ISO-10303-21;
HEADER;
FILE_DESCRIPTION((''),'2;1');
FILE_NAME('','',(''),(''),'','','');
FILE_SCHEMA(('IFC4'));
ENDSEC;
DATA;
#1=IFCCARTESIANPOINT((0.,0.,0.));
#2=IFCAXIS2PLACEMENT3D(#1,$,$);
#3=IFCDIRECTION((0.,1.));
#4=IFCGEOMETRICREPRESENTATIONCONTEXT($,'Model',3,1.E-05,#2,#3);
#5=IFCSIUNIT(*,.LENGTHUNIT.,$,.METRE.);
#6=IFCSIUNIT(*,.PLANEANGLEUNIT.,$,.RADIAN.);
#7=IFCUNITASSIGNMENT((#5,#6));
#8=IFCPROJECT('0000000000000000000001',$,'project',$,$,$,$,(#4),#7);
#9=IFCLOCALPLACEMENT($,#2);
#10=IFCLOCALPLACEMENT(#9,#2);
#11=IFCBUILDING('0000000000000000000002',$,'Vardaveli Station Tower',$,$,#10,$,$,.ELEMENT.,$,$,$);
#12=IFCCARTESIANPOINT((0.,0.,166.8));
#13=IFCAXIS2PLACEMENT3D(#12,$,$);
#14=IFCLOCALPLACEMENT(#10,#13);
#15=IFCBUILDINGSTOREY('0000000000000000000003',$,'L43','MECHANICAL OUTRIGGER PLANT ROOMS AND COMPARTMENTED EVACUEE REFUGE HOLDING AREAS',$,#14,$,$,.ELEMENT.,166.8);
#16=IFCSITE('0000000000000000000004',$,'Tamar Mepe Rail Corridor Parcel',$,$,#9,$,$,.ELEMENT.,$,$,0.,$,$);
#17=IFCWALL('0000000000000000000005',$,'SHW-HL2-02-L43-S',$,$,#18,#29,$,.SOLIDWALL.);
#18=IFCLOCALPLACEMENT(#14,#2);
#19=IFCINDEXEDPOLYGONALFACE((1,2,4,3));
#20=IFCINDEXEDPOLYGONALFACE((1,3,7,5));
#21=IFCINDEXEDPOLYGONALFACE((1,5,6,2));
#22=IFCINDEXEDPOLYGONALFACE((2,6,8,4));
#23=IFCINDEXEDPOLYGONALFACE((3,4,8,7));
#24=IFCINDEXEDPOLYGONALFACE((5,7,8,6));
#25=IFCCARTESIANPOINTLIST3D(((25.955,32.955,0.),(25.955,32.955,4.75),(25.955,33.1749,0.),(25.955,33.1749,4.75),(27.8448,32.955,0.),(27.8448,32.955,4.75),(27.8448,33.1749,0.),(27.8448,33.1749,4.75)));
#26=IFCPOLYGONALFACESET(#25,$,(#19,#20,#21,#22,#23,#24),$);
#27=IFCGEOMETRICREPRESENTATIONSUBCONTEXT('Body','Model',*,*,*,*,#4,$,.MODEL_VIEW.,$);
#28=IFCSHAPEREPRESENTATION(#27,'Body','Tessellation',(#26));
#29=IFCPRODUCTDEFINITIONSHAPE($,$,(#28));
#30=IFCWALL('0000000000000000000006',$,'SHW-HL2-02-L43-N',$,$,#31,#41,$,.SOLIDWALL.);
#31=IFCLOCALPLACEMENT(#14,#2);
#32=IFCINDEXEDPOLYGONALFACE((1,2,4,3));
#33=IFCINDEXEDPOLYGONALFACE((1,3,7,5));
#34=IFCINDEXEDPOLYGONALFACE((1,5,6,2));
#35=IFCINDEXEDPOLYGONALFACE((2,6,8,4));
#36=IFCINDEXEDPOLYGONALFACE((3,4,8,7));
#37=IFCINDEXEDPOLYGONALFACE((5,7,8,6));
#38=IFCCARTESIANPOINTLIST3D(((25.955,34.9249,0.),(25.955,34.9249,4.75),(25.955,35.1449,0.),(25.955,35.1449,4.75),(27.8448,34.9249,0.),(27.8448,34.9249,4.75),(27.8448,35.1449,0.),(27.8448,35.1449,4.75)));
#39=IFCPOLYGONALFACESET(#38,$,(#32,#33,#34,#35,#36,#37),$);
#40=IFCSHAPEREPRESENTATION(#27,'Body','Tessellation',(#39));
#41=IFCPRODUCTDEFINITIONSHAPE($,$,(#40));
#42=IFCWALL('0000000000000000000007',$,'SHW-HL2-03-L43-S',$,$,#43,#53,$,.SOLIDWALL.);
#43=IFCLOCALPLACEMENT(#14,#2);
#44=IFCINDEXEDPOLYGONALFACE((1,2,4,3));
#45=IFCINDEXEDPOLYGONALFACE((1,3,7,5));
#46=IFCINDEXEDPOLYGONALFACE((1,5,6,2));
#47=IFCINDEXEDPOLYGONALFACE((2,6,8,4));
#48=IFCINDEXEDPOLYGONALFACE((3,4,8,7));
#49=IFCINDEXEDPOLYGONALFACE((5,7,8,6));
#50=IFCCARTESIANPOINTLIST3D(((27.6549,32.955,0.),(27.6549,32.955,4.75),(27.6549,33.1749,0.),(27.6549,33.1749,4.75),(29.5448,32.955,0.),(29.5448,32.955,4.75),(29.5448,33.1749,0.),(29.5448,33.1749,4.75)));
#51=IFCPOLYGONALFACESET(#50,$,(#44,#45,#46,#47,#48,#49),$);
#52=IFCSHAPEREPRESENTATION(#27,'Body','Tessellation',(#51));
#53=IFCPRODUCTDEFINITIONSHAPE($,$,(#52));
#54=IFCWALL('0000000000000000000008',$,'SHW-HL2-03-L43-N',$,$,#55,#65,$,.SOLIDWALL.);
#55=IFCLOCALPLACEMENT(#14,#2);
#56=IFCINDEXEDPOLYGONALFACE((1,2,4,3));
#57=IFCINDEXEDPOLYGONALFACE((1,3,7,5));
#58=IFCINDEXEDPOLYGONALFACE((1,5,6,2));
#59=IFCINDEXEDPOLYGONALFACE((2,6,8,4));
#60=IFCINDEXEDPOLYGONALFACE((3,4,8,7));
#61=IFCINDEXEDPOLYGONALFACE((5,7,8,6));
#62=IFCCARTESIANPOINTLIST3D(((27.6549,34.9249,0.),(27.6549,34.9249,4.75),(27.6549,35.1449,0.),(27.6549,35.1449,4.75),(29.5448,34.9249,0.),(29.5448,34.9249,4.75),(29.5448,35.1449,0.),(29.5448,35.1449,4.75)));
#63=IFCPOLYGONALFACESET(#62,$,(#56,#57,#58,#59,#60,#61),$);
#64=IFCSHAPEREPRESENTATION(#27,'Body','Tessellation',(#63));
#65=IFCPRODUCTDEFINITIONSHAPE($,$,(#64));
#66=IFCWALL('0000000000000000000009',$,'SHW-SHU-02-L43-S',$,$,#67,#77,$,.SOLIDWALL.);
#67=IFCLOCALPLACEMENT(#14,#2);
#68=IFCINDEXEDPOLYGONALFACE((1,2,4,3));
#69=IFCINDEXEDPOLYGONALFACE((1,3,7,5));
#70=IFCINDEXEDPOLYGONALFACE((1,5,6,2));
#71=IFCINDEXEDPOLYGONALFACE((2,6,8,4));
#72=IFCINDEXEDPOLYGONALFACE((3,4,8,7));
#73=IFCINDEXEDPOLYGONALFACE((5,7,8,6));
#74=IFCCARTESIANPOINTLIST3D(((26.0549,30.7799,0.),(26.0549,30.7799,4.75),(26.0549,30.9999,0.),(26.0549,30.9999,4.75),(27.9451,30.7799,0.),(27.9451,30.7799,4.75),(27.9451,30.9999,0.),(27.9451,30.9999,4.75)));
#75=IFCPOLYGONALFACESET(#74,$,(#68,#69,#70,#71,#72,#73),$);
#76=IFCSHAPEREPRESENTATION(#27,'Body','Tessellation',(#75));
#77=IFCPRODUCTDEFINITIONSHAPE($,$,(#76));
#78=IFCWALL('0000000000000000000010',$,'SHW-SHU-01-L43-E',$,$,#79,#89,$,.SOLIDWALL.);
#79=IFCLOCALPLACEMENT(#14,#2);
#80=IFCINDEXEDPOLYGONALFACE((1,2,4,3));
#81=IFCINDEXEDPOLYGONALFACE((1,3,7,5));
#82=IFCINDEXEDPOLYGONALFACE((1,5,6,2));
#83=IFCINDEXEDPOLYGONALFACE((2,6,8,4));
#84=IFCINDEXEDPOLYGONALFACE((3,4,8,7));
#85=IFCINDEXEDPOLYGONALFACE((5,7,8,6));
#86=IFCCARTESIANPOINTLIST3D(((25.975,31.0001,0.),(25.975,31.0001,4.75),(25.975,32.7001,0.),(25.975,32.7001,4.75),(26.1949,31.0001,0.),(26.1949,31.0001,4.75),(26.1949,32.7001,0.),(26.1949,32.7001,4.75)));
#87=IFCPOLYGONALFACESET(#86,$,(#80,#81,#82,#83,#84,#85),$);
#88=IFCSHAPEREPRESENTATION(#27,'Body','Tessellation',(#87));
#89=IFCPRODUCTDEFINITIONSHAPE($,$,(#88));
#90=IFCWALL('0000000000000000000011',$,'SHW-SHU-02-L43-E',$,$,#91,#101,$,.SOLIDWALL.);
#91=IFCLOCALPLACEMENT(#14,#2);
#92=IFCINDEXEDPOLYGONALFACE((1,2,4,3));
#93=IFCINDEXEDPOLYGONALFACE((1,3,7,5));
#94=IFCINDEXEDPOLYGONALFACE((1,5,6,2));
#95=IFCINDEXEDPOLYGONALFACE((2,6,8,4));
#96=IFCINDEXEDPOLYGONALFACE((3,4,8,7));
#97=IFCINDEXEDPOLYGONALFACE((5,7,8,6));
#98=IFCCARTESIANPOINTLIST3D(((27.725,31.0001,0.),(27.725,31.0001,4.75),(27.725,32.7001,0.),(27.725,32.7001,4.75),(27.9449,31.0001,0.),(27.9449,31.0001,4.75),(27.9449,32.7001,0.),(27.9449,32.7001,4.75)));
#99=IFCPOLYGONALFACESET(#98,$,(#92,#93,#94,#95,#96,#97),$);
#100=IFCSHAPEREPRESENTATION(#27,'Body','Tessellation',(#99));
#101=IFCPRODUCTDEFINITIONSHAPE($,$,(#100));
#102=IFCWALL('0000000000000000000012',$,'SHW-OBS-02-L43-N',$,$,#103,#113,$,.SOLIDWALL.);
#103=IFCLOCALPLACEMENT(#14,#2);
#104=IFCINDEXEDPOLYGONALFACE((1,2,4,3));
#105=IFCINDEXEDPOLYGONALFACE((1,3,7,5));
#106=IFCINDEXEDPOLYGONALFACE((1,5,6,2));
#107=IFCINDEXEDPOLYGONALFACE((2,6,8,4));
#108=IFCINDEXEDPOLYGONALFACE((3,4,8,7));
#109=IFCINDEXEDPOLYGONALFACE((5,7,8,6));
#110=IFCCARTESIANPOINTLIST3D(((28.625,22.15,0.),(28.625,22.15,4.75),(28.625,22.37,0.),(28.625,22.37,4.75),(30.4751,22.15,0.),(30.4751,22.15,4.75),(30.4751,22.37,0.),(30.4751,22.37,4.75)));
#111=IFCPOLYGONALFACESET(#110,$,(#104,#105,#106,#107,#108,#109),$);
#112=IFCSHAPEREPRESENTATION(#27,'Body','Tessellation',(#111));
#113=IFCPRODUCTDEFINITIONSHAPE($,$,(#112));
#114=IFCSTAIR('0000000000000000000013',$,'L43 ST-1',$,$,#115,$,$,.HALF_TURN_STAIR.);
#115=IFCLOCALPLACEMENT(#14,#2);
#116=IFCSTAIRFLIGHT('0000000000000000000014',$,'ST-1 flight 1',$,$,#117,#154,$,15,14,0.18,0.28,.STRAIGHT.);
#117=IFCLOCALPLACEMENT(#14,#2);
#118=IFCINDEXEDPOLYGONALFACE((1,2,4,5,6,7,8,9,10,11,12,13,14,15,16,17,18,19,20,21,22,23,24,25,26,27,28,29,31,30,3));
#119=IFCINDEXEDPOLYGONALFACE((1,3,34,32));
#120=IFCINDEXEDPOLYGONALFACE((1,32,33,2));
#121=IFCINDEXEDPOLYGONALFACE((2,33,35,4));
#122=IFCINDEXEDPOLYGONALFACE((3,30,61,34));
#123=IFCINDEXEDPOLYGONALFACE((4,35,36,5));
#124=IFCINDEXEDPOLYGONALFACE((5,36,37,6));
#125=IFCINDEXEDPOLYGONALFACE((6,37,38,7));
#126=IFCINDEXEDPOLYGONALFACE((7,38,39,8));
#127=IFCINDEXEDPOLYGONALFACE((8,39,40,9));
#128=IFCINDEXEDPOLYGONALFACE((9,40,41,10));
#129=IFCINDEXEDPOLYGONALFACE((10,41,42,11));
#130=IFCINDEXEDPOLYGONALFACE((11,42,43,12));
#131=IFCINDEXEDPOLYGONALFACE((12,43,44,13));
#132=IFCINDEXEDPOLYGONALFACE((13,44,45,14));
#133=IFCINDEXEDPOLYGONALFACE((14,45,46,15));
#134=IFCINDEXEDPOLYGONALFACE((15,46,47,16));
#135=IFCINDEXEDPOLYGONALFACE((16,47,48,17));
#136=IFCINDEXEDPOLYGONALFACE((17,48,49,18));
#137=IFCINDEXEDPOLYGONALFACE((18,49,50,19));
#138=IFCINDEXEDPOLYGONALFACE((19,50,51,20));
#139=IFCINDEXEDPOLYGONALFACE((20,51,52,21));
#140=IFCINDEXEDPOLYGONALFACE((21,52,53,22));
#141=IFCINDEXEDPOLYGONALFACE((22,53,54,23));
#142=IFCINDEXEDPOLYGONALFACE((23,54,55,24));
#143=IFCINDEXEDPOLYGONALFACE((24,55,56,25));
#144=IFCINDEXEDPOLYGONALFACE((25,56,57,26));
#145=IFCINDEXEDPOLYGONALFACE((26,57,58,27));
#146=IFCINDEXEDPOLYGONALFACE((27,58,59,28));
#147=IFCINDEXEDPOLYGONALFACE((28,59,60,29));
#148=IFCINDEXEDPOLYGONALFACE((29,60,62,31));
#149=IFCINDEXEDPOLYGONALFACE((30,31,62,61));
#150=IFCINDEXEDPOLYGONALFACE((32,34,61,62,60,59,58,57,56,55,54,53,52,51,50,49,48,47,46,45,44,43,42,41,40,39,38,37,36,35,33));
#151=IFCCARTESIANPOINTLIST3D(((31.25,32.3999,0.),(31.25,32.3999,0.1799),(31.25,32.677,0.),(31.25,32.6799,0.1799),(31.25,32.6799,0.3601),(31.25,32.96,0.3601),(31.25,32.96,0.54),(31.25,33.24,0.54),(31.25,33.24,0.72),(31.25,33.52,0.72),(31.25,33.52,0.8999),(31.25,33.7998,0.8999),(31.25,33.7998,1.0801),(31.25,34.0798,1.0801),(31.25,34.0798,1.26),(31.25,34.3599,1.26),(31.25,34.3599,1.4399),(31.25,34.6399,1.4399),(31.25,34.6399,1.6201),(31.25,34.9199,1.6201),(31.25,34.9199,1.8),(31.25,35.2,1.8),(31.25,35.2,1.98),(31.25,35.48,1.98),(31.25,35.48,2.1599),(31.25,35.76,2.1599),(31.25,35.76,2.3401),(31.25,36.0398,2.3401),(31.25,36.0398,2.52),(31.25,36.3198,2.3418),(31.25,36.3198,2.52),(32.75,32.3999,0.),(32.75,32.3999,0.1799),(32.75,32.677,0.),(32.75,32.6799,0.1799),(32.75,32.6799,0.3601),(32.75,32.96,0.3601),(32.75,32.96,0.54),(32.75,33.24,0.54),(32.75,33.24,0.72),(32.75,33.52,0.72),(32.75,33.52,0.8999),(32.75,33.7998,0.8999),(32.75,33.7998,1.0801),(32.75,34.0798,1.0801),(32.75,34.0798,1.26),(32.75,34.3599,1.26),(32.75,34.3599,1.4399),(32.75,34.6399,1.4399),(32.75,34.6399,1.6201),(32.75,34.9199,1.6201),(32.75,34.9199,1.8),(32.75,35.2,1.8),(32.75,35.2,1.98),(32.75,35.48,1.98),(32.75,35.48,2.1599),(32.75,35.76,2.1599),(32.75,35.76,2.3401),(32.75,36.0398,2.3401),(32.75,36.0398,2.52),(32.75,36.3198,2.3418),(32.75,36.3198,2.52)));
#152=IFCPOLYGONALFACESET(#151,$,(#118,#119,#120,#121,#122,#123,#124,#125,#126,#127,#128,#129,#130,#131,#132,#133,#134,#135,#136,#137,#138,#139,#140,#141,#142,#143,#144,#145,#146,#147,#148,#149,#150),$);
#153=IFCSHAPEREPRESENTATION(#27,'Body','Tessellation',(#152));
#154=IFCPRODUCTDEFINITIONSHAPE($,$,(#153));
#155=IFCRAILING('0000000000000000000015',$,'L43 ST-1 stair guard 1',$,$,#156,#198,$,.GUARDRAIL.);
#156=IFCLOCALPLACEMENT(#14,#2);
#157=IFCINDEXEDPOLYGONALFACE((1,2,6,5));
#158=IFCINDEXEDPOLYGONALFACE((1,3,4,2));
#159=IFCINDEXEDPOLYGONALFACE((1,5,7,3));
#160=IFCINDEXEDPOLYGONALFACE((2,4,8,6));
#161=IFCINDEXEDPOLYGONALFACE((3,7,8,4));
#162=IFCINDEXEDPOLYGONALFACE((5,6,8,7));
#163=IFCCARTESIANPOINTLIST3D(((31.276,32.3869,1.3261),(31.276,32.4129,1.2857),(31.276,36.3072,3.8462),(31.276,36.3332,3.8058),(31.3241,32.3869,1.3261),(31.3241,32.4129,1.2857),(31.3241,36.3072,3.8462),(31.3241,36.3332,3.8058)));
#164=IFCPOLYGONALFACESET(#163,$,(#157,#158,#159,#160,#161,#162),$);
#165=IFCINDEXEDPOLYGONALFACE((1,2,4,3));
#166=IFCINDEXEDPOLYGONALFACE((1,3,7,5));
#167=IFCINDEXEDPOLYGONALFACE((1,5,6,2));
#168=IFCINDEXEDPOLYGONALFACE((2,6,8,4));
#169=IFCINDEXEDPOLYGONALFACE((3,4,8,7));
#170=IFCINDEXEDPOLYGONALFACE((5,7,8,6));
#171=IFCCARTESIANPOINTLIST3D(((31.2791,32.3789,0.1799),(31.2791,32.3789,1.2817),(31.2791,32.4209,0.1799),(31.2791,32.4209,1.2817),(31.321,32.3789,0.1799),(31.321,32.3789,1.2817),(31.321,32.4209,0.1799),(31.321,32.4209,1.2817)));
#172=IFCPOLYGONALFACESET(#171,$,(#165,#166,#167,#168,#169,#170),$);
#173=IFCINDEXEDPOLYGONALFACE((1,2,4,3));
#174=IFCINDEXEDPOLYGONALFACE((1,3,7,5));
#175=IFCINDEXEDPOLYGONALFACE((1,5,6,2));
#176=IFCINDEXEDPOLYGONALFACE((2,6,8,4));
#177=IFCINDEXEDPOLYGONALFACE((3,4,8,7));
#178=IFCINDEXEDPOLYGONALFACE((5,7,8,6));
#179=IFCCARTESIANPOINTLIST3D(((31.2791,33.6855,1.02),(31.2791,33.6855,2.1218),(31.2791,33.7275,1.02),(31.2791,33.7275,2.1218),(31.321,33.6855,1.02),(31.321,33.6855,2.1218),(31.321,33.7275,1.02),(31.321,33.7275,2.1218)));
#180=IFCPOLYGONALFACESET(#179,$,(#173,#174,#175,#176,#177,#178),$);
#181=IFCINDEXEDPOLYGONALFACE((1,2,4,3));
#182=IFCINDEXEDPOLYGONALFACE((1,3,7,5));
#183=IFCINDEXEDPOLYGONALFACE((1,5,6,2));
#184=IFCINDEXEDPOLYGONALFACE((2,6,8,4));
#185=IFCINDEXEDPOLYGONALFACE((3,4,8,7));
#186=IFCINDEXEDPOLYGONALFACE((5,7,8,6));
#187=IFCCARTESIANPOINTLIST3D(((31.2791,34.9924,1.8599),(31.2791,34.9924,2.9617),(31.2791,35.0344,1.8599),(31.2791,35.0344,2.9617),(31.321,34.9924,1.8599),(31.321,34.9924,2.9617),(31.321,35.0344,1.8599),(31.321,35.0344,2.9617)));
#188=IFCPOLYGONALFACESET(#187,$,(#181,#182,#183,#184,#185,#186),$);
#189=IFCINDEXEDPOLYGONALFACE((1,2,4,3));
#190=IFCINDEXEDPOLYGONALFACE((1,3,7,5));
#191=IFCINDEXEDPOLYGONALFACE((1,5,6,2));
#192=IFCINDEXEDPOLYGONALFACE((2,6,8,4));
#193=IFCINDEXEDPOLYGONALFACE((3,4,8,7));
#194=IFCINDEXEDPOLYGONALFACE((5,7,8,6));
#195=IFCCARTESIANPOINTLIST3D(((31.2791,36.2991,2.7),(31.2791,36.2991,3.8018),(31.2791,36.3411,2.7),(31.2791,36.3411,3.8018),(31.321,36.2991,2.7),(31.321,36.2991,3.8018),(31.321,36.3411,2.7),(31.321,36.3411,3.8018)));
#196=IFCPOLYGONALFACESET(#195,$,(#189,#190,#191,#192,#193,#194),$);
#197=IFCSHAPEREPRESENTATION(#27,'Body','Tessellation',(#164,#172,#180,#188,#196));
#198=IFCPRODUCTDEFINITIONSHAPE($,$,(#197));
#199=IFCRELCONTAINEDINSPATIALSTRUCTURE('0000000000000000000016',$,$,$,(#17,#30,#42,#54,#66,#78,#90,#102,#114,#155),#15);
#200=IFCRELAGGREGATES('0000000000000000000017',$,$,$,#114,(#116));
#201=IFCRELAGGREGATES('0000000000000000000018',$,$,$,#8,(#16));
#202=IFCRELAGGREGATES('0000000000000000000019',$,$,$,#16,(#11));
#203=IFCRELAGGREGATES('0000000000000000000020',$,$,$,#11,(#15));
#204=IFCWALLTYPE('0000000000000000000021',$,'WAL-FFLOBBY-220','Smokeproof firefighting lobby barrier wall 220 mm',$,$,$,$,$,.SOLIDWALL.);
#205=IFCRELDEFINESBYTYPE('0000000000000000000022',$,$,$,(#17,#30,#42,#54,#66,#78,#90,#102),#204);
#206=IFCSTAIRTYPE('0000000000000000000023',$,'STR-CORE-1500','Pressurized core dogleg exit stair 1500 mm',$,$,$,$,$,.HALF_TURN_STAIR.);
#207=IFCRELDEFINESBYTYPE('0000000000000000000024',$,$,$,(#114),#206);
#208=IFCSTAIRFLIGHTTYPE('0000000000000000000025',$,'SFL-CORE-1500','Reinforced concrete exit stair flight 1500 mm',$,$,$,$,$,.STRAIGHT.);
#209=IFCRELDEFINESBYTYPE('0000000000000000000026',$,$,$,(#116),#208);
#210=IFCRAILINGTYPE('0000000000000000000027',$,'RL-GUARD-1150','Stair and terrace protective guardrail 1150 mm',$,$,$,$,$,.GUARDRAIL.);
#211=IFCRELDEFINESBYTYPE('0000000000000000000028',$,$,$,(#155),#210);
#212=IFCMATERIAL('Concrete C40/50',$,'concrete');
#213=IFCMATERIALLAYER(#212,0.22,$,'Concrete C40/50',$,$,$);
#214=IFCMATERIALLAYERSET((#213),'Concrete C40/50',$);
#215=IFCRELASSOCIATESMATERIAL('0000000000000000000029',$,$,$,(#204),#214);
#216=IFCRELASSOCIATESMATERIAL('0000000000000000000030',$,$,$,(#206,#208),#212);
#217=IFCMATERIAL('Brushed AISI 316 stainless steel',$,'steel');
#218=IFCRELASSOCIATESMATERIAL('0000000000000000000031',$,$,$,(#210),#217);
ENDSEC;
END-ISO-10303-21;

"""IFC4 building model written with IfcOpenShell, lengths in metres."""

from ifc_helpers import new_model, si_unit, direction, frame, frame_2d, origin, origin_2d, place, context, subcontext, project, spatial, polyline, rectangle, outline, extrude, source, transform, mapped, material, layer, layer_set, type_object, element, aggregate, save


model = new_model("IFC4")

# Units and contexts
model_context = context("Model", 3, precision=1e-05, world=origin(), true_north=direction((0.0, 1.0)))
body_context = subcontext(model_context, "Body", "Model", "MODEL_VIEW")
ifc_project = project(units=[si_unit("LENGTHUNIT", "METRE"), si_unit("PLANEANGLEUNIT", "RADIAN")], contexts=[model_context])

# Site, building, storey
site_placement = place(None, origin())
site = spatial("IfcSite", under=ifc_project, at=site_placement, Name="Tamar Mepe Rail Corridor Parcel", CompositionType="ELEMENT", RefElevation=0.0)
building_placement = place(site_placement, origin())
building = spatial("IfcBuilding", under=site, at=building_placement, Name="Vardaveli Station Tower", CompositionType="ELEMENT")
storey_placement = place(building_placement, frame((0.0, 0.0, 166.8)))
storey = spatial("IfcBuildingStorey", under=building, at=storey_placement, Name="L43", Description="MECHANICAL OUTRIGGER PLANT ROOMS AND COMPARTMENTED EVACUEE REFUGE HOLDING AREAS", CompositionType="ELEMENT", Elevation=166.8)

# Shared definitions
ifc_material_1 = material(Name="Concrete C40/50", Category="concrete")
ifc_layer_1 = layer(ifc_material_1, 0.22, Name="Concrete C40/50")
ifc_layer_set_1 = layer_set([ifc_layer_1], Name="Concrete C40/50")
wall_type_1 = type_object("IfcWallType", Name="WAL-FFLOBBY-220", Description="Smokeproof firefighting lobby barrier wall 220 mm", PredefinedType="SOLIDWALL", material=ifc_layer_set_1)

# Walls
shared_shape_1 = source(origin(), body_context, "Body", "SweptSolid", [
    extrude(rectangle(XDim=1.8899, YDim=0.22, at=frame_2d((0.9448, 0.0))), origin(), (0.0, 0.0, 1.0), 4.75),
])
for number, where, z_axis, x_axis, name in (
    (1, (25.9551, 33.0649, 0.0), (0.0, 0.0, 1.0), (1.0, 0.0, 0.0), "SHW-HL2-02-L43-S"),
    (2, (25.9551, 35.0349, 0.0), (0.0, 0.0, 1.0), (1.0, 0.0, 0.0), "SHW-HL2-02-L43-N"),
    (3, (27.655, 33.0649, 0.0), (0.0, 0.0, 1.0), (1.0, 0.0, 0.0), "SHW-HL2-03-L43-S"),
    (4, (27.655, 35.0349, 0.0), (0.0, 0.0, 1.0), (1.0, 0.0, 0.0), "SHW-HL2-03-L43-N"),
):
    element("IfcWall", number, at=place(storey_placement, frame(where, z_axis=z_axis, x_axis=x_axis)), inside=storey, type_object=wall_type_1, Name=name, PredefinedType="SOLIDWALL", context=body_context, shape_type="MappedRepresentation", body=[
        mapped(shared_shape_1, transform((0.0, 0.0, 0.0), scale=1.0)),
    ])
shared_shape_2 = source(origin(), body_context, "Body", "SweptSolid", [
    extrude(rectangle(XDim=1.8901, YDim=0.22, at=frame_2d((0.9451, 0.0))), origin(), (0.0, 0.0, 1.0), 4.75),
])
wall_1_placement = place(storey_placement, frame((26.0549, 30.8899, 0.0), z_axis=(0.0, 0.0, 1.0), x_axis=(1.0, 0.0, 0.0)))
element("IfcWall", 5, at=wall_1_placement, inside=storey, type_object=wall_type_1, Name="SHW-SHU-02-L43-S", PredefinedType="SOLIDWALL", context=body_context, shape_type="MappedRepresentation", body=[
    mapped(shared_shape_2, transform((0.0, 0.0, 0.0), scale=1.0)),
])
shared_shape_3 = source(origin(), body_context, "Body", "SweptSolid", [
    extrude(rectangle(XDim=1.7, YDim=0.22, at=frame_2d((0.8501, 0.0))), origin(), (0.0, 0.0, 1.0), 4.75),
])
for number, where, z_axis, x_axis, name in (
    (6, (26.085, 31.0, 0.0), (0.0, 0.0, 1.0), (0.0, 1.0, 0.0), "SHW-SHU-01-L43-E"),
    (7, (27.835, 31.0, 0.0), (0.0, 0.0, 1.0), (0.0, 1.0, 0.0), "SHW-SHU-02-L43-E"),
):
    element("IfcWall", number, at=place(storey_placement, frame(where, z_axis=z_axis, x_axis=x_axis)), inside=storey, type_object=wall_type_1, Name=name, PredefinedType="SOLIDWALL", context=body_context, shape_type="MappedRepresentation", body=[
        mapped(shared_shape_3, transform((0.0, 0.0, 0.0), scale=1.0)),
    ])
shared_shape_4 = source(origin(), body_context, "Body", "SweptSolid", [
    extrude(rectangle(XDim=1.8501, YDim=0.22, at=frame_2d((0.925, 0.0))), origin(), (0.0, 0.0, 1.0), 4.75),
])
wall_2_placement = place(storey_placement, frame((28.625, 22.26, 0.0), z_axis=(0.0, 0.0, 1.0), x_axis=(1.0, 0.0, 0.0)))
element("IfcWall", 8, at=wall_2_placement, inside=storey, type_object=wall_type_1, Name="SHW-OBS-02-L43-N", PredefinedType="SOLIDWALL", context=body_context, shape_type="MappedRepresentation", body=[
    mapped(shared_shape_4, transform((0.0, 0.0, 0.0), scale=1.0)),
])

# Stair, stair flight
stair_type = type_object("IfcStairType", Name="STR-CORE-1500", Description="Pressurized core dogleg exit stair 1500 mm", PredefinedType="HALF_TURN_STAIR", material=ifc_material_1)
stair_placement = place(storey_placement, origin())
stair = element("IfcStair", 9, at=stair_placement, inside=storey, type_object=stair_type, Name="L43 ST-1", PredefinedType="HALF_TURN_STAIR")
stair_flight_type = type_object("IfcStairFlightType", Name="SFL-CORE-1500", Description="Reinforced concrete exit stair flight 1500 mm", PredefinedType="STRAIGHT", material=ifc_material_1)
shared_shape_5 = source(origin(), body_context, "Body", "SweptSolid", [
    extrude(outline(polyline([(0.0, 0.0), (0.0, 0.1799), (0.28, 0.1799), (0.28, 0.3601), (0.5601, 0.3601), (0.5601, 0.54), (0.8401, 0.54), (0.8401, 0.72), (1.1201, 0.72), (1.1201, 0.8999), (1.3999, 0.8999), (1.3999, 1.0801), (1.6799, 1.0801), (1.6799, 1.26), (1.96, 1.26), (1.96, 1.4399), (2.24, 1.4399), (2.24, 1.6201), (2.52, 1.6201), (2.52, 1.8), (2.8, 1.8), (2.8, 1.98), (3.0801, 1.98), (3.0801, 2.1599), (3.3601, 2.1599), (3.3601, 2.3401), (3.6399, 2.3401), (3.6399, 2.52), (3.9199, 2.52), (3.9199, 2.7), (3.9199, 2.3418), (0.2771, 0.0), (0.0, 0.0)])), frame((0.0, 0.75, 0.0), z_axis=(0.0, -1.0, 0.0), x_axis=(1.0, 0.0, 0.0)), (0.0, 0.0, 1.0), 1.5),
])
stair_flight_placement = place(storey_placement, frame((32.0, 32.3999, 0.0), z_axis=(0.0, 0.0, 1.0), x_axis=(0.0, 1.0, 0.0)))
stair_flight = element("IfcStairFlight", 10, at=stair_flight_placement, type_object=stair_flight_type, Name="ST-1 flight 1", NumberOfRisers=15, NumberOfTreads=14, PredefinedType="STRAIGHT", RiserHeight=0.18, TreadLength=0.28, context=body_context, shape_type="MappedRepresentation", body=[
    mapped(shared_shape_5, transform((0.0, 0.0, 0.0), scale=1.0)),
])
aggregate(stair, [stair_flight])

# Railing
ifc_material_2 = material(Name="Brushed AISI 316 stainless steel", Category="steel")
railing_type_1 = type_object("IfcRailingType", Name="RL-GUARD-1150", Description="Stair and terrace protective guardrail 1150 mm", PredefinedType="GUARDRAIL", material=ifc_material_2)
shared_shape_6 = source(origin(), body_context, "Body", "SweptSolid", [
    extrude(rectangle(XDim=0.0481, YDim=0.0481, at=origin_2d()), frame((0.0, 0.0, 1.126), z_axis=(0.0, 0.841187, 0.540744), x_axis=(-1.0, 0.0, 0.0)), (0.0, 0.0, 1.0), 4.6604),
    extrude(rectangle(XDim=0.042, YDim=0.042, at=origin_2d()), origin(), (0.0, 0.0, 1.0), 1.1018),
    extrude(rectangle(XDim=0.042, YDim=0.042, at=origin_2d()), frame((0.0, 1.3066, 0.8401)), (0.0, 0.0, 1.0), 1.1018),
    extrude(rectangle(XDim=0.042, YDim=0.042, at=origin_2d()), frame((0.0, 2.6135, 1.6799)), (0.0, 0.0, 1.0), 1.1018),
    extrude(rectangle(XDim=0.042, YDim=0.042, at=origin_2d()), frame((0.0, 3.9202, 2.52)), (0.0, 0.0, 1.0), 1.1018),
])
railing_1_placement = place(storey_placement, frame((31.3, 32.3999, 0.1799)))
element("IfcRailing", 11, at=railing_1_placement, inside=storey, type_object=railing_type_1, Name="L43 ST-1 stair guard 1", PredefinedType="GUARDRAIL", context=body_context, shape_type="MappedRepresentation", body=[
    mapped(shared_shape_6, transform((0.0, 0.0, 0.0), scale=1.0)),
])

save(model, "model.ifc")
